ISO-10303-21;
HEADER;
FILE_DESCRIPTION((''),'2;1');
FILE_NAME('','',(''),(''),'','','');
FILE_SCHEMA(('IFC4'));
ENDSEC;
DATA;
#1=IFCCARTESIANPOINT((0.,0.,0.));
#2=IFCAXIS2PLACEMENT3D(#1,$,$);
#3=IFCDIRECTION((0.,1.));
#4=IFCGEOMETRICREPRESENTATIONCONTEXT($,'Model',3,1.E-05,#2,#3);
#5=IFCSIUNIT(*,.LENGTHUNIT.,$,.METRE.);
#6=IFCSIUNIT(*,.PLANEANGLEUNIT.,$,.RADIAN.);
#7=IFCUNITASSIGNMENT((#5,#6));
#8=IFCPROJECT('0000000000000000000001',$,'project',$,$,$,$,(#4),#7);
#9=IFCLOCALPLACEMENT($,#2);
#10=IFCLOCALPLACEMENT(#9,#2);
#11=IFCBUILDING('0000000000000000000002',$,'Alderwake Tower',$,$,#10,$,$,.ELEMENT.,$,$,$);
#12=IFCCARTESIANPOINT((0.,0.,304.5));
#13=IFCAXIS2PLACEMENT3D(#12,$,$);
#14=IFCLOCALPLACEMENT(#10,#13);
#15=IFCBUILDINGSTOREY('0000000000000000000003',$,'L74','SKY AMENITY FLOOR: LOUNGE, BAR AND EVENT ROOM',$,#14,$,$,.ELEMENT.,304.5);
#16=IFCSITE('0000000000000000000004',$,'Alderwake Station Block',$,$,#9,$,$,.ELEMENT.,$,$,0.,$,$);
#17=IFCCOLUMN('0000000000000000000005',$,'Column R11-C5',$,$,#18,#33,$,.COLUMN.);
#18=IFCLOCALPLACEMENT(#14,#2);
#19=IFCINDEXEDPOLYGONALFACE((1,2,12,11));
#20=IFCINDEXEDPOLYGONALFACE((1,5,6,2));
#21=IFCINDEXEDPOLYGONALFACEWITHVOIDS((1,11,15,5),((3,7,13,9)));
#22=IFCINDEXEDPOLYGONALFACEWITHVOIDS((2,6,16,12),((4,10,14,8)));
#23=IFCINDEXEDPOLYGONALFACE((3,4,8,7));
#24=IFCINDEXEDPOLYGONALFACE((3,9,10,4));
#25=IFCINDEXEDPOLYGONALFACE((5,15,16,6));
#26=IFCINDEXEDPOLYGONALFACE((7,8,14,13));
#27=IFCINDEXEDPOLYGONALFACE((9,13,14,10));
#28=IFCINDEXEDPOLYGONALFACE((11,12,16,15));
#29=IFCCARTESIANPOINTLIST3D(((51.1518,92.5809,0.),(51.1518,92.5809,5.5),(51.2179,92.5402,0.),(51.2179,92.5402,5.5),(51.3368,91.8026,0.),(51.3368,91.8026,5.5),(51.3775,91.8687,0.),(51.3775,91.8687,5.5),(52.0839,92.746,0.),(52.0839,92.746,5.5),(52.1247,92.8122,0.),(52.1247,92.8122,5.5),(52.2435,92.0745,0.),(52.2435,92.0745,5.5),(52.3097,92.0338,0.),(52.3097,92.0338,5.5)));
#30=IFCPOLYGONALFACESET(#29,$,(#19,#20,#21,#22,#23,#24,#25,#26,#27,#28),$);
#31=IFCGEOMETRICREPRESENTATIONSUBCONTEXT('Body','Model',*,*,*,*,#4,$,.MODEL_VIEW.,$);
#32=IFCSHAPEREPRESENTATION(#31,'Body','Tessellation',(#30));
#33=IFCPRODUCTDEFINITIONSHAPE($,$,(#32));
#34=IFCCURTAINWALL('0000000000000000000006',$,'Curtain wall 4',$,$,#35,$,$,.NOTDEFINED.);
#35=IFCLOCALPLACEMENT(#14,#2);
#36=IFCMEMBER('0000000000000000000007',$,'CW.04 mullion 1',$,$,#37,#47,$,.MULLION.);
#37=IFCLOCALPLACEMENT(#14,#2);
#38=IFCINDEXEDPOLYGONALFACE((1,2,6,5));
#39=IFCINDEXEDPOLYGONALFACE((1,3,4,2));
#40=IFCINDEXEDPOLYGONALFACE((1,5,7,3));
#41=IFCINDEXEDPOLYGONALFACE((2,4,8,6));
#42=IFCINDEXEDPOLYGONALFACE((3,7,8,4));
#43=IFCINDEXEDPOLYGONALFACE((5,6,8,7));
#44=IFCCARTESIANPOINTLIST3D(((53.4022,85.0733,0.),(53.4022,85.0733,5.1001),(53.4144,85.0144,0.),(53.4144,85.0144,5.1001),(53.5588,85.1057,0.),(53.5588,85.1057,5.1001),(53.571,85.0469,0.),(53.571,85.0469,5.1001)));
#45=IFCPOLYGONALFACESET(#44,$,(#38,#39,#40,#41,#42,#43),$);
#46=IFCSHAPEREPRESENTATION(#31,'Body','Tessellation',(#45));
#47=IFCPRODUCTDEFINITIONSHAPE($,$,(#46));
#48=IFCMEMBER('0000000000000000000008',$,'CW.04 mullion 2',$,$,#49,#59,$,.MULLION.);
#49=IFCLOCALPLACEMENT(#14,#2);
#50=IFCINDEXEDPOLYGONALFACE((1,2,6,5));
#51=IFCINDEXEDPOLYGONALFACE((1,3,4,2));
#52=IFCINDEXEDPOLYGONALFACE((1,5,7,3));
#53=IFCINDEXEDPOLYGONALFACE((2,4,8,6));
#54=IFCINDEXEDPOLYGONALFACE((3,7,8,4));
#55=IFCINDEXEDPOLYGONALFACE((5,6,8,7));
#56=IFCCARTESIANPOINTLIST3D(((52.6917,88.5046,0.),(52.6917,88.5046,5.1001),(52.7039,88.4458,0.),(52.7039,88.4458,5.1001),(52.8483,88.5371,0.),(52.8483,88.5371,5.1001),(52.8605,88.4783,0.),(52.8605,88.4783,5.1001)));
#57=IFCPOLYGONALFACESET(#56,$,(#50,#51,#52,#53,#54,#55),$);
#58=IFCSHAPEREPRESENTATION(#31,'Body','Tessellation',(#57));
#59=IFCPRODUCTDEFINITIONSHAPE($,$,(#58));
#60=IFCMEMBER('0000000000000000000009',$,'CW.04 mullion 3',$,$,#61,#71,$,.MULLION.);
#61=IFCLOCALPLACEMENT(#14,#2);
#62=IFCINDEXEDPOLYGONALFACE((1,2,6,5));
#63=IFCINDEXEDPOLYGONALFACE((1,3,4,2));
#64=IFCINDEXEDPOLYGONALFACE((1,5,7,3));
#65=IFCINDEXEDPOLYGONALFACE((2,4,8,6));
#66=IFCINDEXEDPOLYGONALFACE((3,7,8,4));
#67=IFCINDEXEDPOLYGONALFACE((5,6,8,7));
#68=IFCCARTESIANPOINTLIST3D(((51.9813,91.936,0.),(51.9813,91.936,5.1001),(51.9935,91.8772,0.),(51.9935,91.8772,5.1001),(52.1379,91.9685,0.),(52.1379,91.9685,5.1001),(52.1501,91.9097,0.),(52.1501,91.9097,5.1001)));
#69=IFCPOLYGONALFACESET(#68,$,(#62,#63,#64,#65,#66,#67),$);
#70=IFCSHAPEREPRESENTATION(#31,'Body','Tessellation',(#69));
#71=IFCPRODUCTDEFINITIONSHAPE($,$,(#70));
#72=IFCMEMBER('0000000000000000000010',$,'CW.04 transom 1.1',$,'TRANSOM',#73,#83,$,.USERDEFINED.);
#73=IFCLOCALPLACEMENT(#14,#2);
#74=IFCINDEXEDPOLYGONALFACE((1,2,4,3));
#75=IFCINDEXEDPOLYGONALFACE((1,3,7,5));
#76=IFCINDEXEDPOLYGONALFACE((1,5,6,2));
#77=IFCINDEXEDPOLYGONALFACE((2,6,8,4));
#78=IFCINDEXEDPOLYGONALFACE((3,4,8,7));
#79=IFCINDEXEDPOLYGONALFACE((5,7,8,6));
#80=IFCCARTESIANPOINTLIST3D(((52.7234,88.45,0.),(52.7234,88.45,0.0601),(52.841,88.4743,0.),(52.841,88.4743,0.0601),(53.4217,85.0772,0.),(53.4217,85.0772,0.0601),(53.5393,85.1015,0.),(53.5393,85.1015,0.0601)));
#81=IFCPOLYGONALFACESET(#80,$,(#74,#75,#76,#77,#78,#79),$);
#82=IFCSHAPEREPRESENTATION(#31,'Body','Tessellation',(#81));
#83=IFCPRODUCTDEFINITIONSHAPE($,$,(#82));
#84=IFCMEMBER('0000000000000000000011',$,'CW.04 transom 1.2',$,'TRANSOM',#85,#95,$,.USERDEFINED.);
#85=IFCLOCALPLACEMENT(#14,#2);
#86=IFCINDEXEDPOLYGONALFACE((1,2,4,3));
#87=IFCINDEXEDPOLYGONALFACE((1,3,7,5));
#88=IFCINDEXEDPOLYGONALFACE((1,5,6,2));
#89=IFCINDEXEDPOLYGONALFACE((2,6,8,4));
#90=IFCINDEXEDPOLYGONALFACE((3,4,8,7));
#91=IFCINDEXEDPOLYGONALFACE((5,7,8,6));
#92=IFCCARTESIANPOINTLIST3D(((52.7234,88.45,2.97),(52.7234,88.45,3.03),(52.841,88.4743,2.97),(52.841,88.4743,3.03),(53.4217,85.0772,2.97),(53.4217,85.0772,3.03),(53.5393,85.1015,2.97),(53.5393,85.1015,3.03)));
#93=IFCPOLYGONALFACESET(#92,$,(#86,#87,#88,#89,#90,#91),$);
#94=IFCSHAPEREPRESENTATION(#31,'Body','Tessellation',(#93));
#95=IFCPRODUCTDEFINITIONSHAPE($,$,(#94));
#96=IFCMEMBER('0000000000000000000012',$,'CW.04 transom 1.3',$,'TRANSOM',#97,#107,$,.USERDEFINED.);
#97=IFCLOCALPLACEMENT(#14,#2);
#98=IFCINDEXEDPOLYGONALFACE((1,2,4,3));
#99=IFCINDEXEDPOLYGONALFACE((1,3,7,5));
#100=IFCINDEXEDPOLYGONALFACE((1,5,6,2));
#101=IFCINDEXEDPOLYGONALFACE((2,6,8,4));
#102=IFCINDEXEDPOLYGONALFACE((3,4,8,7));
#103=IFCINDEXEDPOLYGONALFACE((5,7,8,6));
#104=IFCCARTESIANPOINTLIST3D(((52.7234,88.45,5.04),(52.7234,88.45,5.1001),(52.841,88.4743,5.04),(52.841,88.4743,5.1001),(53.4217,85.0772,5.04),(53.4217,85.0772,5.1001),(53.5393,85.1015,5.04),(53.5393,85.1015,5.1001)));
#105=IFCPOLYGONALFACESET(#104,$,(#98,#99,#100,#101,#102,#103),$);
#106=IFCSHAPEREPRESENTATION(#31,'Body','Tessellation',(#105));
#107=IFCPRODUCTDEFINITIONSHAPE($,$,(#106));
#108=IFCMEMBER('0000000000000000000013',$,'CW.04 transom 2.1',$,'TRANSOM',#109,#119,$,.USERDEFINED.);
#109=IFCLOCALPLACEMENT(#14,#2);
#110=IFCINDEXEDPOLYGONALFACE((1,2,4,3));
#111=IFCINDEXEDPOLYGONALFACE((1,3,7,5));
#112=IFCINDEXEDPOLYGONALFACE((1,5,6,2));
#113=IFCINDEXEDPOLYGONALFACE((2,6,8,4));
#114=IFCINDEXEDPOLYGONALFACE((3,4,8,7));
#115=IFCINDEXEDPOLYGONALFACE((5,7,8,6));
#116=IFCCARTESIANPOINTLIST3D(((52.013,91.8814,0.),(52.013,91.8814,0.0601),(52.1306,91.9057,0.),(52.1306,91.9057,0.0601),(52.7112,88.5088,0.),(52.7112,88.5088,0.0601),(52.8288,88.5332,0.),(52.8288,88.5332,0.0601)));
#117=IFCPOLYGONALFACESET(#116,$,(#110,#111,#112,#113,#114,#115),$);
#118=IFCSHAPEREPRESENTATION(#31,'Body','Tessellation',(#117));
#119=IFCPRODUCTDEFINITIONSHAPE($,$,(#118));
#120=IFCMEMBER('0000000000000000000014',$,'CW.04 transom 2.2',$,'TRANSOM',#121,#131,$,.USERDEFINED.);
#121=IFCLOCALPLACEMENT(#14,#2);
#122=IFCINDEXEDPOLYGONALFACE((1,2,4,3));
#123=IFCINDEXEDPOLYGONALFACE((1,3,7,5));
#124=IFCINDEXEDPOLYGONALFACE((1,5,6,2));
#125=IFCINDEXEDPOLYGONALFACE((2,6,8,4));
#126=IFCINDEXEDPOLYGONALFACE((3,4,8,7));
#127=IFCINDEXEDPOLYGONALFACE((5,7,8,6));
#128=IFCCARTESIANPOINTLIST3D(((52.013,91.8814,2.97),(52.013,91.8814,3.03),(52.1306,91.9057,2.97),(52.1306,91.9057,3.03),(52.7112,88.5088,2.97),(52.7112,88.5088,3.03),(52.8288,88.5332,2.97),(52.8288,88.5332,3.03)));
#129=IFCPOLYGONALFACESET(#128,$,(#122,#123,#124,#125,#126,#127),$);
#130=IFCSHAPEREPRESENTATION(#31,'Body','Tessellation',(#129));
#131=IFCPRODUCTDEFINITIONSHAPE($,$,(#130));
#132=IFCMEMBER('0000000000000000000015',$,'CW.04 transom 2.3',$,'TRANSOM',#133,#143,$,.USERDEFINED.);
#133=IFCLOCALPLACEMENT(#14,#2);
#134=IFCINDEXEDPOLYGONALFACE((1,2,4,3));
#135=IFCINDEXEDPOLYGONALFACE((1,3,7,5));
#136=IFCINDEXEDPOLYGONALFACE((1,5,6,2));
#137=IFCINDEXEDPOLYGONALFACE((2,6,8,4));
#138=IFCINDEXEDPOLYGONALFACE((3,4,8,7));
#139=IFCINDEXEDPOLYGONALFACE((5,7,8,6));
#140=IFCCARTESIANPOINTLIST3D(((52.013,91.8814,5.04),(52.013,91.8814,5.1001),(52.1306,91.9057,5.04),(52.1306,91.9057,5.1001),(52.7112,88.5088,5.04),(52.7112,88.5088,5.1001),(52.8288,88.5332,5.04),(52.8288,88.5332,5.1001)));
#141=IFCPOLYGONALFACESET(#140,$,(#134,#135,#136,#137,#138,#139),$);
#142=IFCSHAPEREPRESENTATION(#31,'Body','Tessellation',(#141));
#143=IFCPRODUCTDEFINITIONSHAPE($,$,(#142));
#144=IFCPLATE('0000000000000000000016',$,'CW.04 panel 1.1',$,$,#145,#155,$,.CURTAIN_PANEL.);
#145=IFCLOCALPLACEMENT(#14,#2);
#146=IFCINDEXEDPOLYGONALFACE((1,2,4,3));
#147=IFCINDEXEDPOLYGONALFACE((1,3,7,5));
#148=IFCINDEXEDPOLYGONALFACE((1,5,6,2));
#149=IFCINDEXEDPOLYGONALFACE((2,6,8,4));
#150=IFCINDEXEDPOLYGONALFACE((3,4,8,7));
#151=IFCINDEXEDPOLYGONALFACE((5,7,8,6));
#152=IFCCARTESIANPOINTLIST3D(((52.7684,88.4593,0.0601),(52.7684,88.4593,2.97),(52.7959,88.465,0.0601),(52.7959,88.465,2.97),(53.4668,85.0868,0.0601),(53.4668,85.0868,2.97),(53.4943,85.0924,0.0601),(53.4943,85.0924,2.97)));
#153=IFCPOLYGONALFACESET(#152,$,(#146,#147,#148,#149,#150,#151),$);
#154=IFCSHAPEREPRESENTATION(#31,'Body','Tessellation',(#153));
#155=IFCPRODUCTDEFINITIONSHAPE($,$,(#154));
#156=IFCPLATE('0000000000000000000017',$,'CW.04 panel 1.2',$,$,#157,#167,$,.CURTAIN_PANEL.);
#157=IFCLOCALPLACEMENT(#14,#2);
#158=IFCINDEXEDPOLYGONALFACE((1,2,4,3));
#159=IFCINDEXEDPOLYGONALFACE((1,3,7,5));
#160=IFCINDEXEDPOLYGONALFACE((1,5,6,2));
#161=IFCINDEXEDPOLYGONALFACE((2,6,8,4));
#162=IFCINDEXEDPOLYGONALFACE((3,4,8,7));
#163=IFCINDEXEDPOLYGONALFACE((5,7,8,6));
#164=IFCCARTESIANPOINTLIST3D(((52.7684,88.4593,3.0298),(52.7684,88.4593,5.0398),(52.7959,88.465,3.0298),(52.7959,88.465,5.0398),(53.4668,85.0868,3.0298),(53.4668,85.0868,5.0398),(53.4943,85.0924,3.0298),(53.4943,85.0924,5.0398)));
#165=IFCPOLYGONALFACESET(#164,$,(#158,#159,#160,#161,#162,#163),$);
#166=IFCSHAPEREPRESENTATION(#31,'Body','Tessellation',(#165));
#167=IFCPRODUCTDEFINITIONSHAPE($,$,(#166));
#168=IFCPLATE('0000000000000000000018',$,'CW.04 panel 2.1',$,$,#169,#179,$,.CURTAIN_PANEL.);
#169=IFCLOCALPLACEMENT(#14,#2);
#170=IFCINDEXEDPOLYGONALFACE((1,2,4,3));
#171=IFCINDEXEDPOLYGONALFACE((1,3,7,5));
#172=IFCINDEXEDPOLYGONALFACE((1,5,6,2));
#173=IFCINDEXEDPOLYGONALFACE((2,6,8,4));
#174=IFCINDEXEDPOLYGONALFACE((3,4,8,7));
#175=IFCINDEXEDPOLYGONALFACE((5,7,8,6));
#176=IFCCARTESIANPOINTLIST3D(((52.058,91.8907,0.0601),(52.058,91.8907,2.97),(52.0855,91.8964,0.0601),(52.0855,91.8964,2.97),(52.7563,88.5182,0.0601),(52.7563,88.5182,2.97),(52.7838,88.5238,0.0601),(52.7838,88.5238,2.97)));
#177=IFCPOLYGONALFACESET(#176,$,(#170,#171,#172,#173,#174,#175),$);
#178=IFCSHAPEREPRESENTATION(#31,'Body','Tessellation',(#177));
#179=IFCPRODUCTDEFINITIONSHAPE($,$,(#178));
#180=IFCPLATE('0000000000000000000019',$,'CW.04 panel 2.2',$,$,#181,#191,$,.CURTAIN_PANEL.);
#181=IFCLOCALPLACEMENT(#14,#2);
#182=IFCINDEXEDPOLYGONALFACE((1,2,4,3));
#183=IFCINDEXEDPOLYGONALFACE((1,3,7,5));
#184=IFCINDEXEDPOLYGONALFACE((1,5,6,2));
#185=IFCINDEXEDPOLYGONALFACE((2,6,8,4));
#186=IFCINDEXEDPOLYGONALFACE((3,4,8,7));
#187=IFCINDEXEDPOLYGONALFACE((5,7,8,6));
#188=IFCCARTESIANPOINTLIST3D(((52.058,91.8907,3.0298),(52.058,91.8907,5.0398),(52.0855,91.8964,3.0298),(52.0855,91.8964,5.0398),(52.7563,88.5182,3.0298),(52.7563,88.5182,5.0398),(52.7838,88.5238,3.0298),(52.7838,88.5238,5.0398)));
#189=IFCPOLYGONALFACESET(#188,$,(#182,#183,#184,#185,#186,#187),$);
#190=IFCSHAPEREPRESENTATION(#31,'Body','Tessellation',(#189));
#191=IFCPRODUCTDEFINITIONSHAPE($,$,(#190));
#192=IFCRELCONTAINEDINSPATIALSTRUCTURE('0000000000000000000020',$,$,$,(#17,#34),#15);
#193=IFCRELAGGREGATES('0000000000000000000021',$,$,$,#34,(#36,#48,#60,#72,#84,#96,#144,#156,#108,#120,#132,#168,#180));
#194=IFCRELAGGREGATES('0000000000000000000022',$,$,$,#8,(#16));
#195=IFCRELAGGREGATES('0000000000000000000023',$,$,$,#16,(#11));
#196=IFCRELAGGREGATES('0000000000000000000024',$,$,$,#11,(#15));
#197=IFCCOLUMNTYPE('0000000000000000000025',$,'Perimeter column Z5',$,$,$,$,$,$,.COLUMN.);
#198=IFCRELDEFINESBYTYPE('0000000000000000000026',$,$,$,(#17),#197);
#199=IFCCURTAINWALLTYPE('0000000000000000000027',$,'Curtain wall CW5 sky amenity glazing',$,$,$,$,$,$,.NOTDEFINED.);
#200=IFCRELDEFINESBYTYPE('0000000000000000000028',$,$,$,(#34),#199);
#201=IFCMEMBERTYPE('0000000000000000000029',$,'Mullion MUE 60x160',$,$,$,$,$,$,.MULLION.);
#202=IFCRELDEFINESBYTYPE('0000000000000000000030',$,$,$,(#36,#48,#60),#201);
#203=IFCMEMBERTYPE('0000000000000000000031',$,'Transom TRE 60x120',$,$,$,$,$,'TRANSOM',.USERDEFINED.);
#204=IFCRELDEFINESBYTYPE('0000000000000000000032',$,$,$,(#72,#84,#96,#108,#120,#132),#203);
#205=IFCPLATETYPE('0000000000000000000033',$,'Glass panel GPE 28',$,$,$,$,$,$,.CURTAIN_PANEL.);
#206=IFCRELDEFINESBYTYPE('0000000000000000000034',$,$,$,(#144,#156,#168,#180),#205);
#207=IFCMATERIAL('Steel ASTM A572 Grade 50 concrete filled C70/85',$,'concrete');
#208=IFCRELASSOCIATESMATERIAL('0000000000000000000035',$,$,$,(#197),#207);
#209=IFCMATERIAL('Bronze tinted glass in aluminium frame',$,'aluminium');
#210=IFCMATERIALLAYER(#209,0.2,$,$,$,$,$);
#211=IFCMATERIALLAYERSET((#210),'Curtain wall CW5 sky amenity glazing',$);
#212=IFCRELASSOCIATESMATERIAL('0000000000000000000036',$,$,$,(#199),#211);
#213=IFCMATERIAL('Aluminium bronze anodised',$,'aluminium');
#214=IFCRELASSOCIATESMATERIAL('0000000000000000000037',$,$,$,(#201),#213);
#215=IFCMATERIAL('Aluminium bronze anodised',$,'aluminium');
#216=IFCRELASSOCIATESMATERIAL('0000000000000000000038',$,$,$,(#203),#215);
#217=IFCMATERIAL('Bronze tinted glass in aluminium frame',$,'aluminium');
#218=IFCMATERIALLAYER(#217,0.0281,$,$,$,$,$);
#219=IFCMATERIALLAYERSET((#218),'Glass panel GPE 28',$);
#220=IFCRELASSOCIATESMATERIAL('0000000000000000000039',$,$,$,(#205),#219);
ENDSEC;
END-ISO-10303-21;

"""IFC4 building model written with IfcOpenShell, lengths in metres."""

from ifc_helpers import new_model, si_unit, direction, frame, origin, origin_2d, place, context, subcontext, project, spatial, rectangle, hollow_rectangle, extrude, material, layer, layer_set, material_profile, profile_set, type_object, element, aggregate, save


model = new_model("IFC4")

# Units and contexts
model_context = context("Model", 3, precision=1e-05, world=origin(), true_north=direction((0.0, 1.0)))
body_context = subcontext(model_context, "Body", "Model", "MODEL_VIEW")
ifc_project = project(units=[si_unit("LENGTHUNIT", "METRE"), si_unit("PLANEANGLEUNIT", "RADIAN")], contexts=[model_context])

# Site, building, storey
site_placement = place(None, origin())
site = spatial("IfcSite", under=ifc_project, at=site_placement, Name="Alderwake Station Block", CompositionType="ELEMENT", RefElevation=0.0)
building_placement = place(site_placement, origin())
building = spatial("IfcBuilding", under=site, at=building_placement, Name="Alderwake Tower", CompositionType="ELEMENT")
storey_placement = place(building_placement, frame((0.0, 0.0, 304.5)))
storey = spatial("IfcBuildingStorey", under=building, at=storey_placement, Name="L74", Description="SKY AMENITY FLOOR: LOUNGE, BAR AND EVENT ROOM", CompositionType="ELEMENT", Elevation=304.5)

# Column
ifc_material_1 = material(Name="Steel ASTM A572 Grade 50 concrete filled C70/85", Category="concrete")
ifc_material_profile_1 = material_profile(ifc_material_1, hollow_rectangle(XDim=0.8, YDim=1.0, WallThickness=0.0549, at=origin_2d()), Name="BOX 1000X800X55")
ifc_profile_set_1 = profile_set([ifc_material_profile_1], Name="Steel ASTM A572 Grade 50 concrete filled C70/85")
column_type = type_object("IfcColumnType", Name="Perimeter column Z5", PredefinedType="COLUMN", material=ifc_profile_set_1)
column_placement = place(storey_placement, frame((51.7307, 92.3074, 0.0), z_axis=(0.0, 0.0, 1.0), x_axis=(-0.231222, 0.972901, 0.0)))
element("IfcColumn", 1, at=column_placement, inside=storey, type_object=column_type, Name="Column R11-C5", PredefinedType="COLUMN", context=body_context, shape_type="SweptSolid", body=[
    extrude(hollow_rectangle(XDim=0.8, YDim=1.0, WallThickness=0.0549, at=origin_2d()), origin(), (0.0, 0.0, 1.0), 5.5),
])

# Curtain wall, members, plates
ifc_material_2 = material(Name="Bronze tinted glass in aluminium frame", Category="aluminium")
ifc_layer_1 = layer(ifc_material_2, 0.2)
ifc_layer_set_1 = layer_set([ifc_layer_1], Name="Curtain wall CW5 sky amenity glazing")
curtain_wall_type = type_object("IfcCurtainWallType", Name="Curtain wall CW5 sky amenity glazing", PredefinedType="NOTDEFINED", material=ifc_layer_set_1)
curtain_wall_placement = place(storey_placement, origin())
curtain_wall = element("IfcCurtainWall", 2, at=curtain_wall_placement, inside=storey, type_object=curtain_wall_type, Name="Curtain wall 4", PredefinedType="NOTDEFINED")
ifc_material_3 = material(Name="Aluminium bronze anodised", Category="aluminium")
ifc_material_profile_2 = material_profile(ifc_material_3, rectangle(XDim=0.1599, YDim=0.0601, at=origin_2d()), Name="Mullion MUE 60x160")
ifc_profile_set_2 = profile_set([ifc_material_profile_2], Name="Aluminium bronze anodised")
member_type_1 = type_object("IfcMemberType", Name="Mullion MUE 60x160", PredefinedType="MULLION", material=ifc_profile_set_2)
member_1_placement = place(storey_placement, frame((53.4866, 85.0601, 0.0), z_axis=(0.0, 0.0, 1.0), x_axis=(-0.979228, -0.202761, 0.0)))
member_1 = element("IfcMember", 3, at=member_1_placement, type_object=member_type_1, Name="CW.04 mullion 1", PredefinedType="MULLION", context=body_context, shape_type="SweptSolid", body=[
    extrude(rectangle(XDim=0.1599, YDim=0.0601, at=origin_2d()), origin(), (0.0, 0.0, 1.0), 5.1001),
])
member_2_placement = place(storey_placement, frame((52.7761, 88.4915, 0.0), z_axis=(0.0, 0.0, 1.0), x_axis=(-0.979228, -0.202761, 0.0)))
member_2 = element("IfcMember", 4, at=member_2_placement, type_object=member_type_1, Name="CW.04 mullion 2", PredefinedType="MULLION", context=body_context, shape_type="SweptSolid", body=[
    extrude(rectangle(XDim=0.1599, YDim=0.0601, at=origin_2d()), origin(), (0.0, 0.0, 1.0), 5.1001),
])
member_3_placement = place(storey_placement, frame((52.0657, 91.9229, 0.0), z_axis=(0.0, 0.0, 1.0), x_axis=(-0.979228, -0.202761, 0.0)))
member_3 = element("IfcMember", 5, at=member_3_placement, type_object=member_type_1, Name="CW.04 mullion 3", PredefinedType="MULLION", context=body_context, shape_type="SweptSolid", body=[
    extrude(rectangle(XDim=0.1599, YDim=0.0601, at=origin_2d()), origin(), (0.0, 0.0, 1.0), 5.1001),
])
ifc_material_4 = material(Name="Aluminium bronze anodised", Category="aluminium")
ifc_material_profile_3 = material_profile(ifc_material_4, rectangle(XDim=0.1201, YDim=0.0601, at=origin_2d()), Name="Transom TRE 60x120")
ifc_profile_set_3 = profile_set([ifc_material_profile_3], Name="Aluminium bronze anodised")
member_type_2 = type_object("IfcMemberType", Name="Transom TRE 60x120", ElementType="TRANSOM", PredefinedType="USERDEFINED", material=ifc_profile_set_3)
member_4_placement = place(storey_placement, frame((53.4805, 85.0894, 0.03), z_axis=(-0.202723, 0.979236, 0.0), x_axis=(-0.979236, -0.202723, 0.0)))
member_4 = element("IfcMember", 6, at=member_4_placement, type_object=member_type_2, Name="CW.04 transom 1.1", ObjectType="TRANSOM", PredefinedType="USERDEFINED", context=body_context, shape_type="SweptSolid", body=[
    extrude(rectangle(XDim=0.1201, YDim=0.0601, at=origin_2d()), origin(), (0.0, 0.0, 1.0), 3.4443),
])
member_5_placement = place(storey_placement, frame((53.4805, 85.0894, 3.0), z_axis=(-0.202723, 0.979236, 0.0), x_axis=(-0.979236, -0.202723, 0.0)))
member_5 = element("IfcMember", 7, at=member_5_placement, type_object=member_type_2, Name="CW.04 transom 1.2", ObjectType="TRANSOM", PredefinedType="USERDEFINED", context=body_context, shape_type="SweptSolid", body=[
    extrude(rectangle(XDim=0.1201, YDim=0.0601, at=origin_2d()), origin(), (0.0, 0.0, 1.0), 3.4443),
])
member_6_placement = place(storey_placement, frame((53.4805, 85.0894, 5.0701), z_axis=(-0.202723, 0.979236, 0.0), x_axis=(-0.979236, -0.202723, 0.0)))
member_6 = element("IfcMember", 8, at=member_6_placement, type_object=member_type_2, Name="CW.04 transom 1.3", ObjectType="TRANSOM", PredefinedType="USERDEFINED", context=body_context, shape_type="SweptSolid", body=[
    extrude(rectangle(XDim=0.1201, YDim=0.0601, at=origin_2d()), origin(), (0.0, 0.0, 1.0), 3.4443),
])
member_7_placement = place(storey_placement, frame((52.77, 88.521, 0.03), z_axis=(-0.202737, 0.979233, 0.0), x_axis=(-0.979233, -0.202737, 0.0)))
member_7 = element("IfcMember", 9, at=member_7_placement, type_object=member_type_2, Name="CW.04 transom 2.1", ObjectType="TRANSOM", PredefinedType="USERDEFINED", context=body_context, shape_type="SweptSolid", body=[
    extrude(rectangle(XDim=0.1201, YDim=0.0601, at=origin_2d()), origin(), (0.0, 0.0, 1.0), 3.4441),
])
member_8_placement = place(storey_placement, frame((52.77, 88.521, 3.0), z_axis=(-0.202737, 0.979233, 0.0), x_axis=(-0.979233, -0.202737, 0.0)))
member_8 = element("IfcMember", 10, at=member_8_placement, type_object=member_type_2, Name="CW.04 transom 2.2", ObjectType="TRANSOM", PredefinedType="USERDEFINED", context=body_context, shape_type="SweptSolid", body=[
    extrude(rectangle(XDim=0.1201, YDim=0.0601, at=origin_2d()), origin(), (0.0, 0.0, 1.0), 3.4441),
])
member_9_placement = place(storey_placement, frame((52.77, 88.521, 5.0701), z_axis=(-0.202737, 0.979233, 0.0), x_axis=(-0.979233, -0.202737, 0.0)))
member_9 = element("IfcMember", 11, at=member_9_placement, type_object=member_type_2, Name="CW.04 transom 2.3", ObjectType="TRANSOM", PredefinedType="USERDEFINED", context=body_context, shape_type="SweptSolid", body=[
    extrude(rectangle(XDim=0.1201, YDim=0.0601, at=origin_2d()), origin(), (0.0, 0.0, 1.0), 3.4441),
])
ifc_material_5 = material(Name="Bronze tinted glass in aluminium frame", Category="aluminium")
ifc_layer_2 = layer(ifc_material_5, 0.0281)
ifc_layer_set_2 = layer_set([ifc_layer_2], Name="Glass panel GPE 28")
plate_type = type_object("IfcPlateType", Name="Glass panel GPE 28", PredefinedType="CURTAIN_PANEL", material=ifc_layer_set_2)
plate_1_placement = place(storey_placement, frame((53.1313, 86.7759, 0.0601), z_axis=(0.0, 0.0, 1.0), x_axis=(-0.202761, 0.979228, 0.0)))
plate_1 = element("IfcPlate", 12, at=plate_1_placement, type_object=plate_type, Name="CW.04 panel 1.1", PredefinedType="CURTAIN_PANEL", context=body_context, shape_type="SweptSolid", body=[
    extrude(rectangle(XDim=3.4441, YDim=0.0281, at=origin_2d()), origin(), (0.0, 0.0, 1.0), 2.9099),
])
plate_2_placement = place(storey_placement, frame((53.1313, 86.7759, 3.0298), z_axis=(0.0, 0.0, 1.0), x_axis=(-0.202761, 0.979228, 0.0)))
plate_2 = element("IfcPlate", 13, at=plate_2_placement, type_object=plate_type, Name="CW.04 panel 1.2", PredefinedType="CURTAIN_PANEL", context=body_context, shape_type="SweptSolid", body=[
    extrude(rectangle(XDim=3.4441, YDim=0.0281, at=origin_2d()), origin(), (0.0, 0.0, 1.0), 2.01),
])
plate_3_placement = place(storey_placement, frame((52.4209, 90.2073, 0.0601), z_axis=(0.0, 0.0, 1.0), x_axis=(-0.202761, 0.979228, 0.0)))
plate_3 = element("IfcPlate", 14, at=plate_3_placement, type_object=plate_type, Name="CW.04 panel 2.1", PredefinedType="CURTAIN_PANEL", context=body_context, shape_type="SweptSolid", body=[
    extrude(rectangle(XDim=3.4441, YDim=0.0281, at=origin_2d()), origin(), (0.0, 0.0, 1.0), 2.9099),
])
plate_4_placement = place(storey_placement, frame((52.4209, 90.2073, 3.0298), z_axis=(0.0, 0.0, 1.0), x_axis=(-0.202761, 0.979228, 0.0)))
plate_4 = element("IfcPlate", 15, at=plate_4_placement, type_object=plate_type, Name="CW.04 panel 2.2", PredefinedType="CURTAIN_PANEL", context=body_context, shape_type="SweptSolid", body=[
    extrude(rectangle(XDim=3.4441, YDim=0.0281, at=origin_2d()), origin(), (0.0, 0.0, 1.0), 2.01),
])
aggregate(curtain_wall, [member_1, member_2, member_3, member_4, member_5, member_6, plate_1, plate_2, member_7, member_8, member_9, plate_3, plate_4])

save(model, "model.ifc")
